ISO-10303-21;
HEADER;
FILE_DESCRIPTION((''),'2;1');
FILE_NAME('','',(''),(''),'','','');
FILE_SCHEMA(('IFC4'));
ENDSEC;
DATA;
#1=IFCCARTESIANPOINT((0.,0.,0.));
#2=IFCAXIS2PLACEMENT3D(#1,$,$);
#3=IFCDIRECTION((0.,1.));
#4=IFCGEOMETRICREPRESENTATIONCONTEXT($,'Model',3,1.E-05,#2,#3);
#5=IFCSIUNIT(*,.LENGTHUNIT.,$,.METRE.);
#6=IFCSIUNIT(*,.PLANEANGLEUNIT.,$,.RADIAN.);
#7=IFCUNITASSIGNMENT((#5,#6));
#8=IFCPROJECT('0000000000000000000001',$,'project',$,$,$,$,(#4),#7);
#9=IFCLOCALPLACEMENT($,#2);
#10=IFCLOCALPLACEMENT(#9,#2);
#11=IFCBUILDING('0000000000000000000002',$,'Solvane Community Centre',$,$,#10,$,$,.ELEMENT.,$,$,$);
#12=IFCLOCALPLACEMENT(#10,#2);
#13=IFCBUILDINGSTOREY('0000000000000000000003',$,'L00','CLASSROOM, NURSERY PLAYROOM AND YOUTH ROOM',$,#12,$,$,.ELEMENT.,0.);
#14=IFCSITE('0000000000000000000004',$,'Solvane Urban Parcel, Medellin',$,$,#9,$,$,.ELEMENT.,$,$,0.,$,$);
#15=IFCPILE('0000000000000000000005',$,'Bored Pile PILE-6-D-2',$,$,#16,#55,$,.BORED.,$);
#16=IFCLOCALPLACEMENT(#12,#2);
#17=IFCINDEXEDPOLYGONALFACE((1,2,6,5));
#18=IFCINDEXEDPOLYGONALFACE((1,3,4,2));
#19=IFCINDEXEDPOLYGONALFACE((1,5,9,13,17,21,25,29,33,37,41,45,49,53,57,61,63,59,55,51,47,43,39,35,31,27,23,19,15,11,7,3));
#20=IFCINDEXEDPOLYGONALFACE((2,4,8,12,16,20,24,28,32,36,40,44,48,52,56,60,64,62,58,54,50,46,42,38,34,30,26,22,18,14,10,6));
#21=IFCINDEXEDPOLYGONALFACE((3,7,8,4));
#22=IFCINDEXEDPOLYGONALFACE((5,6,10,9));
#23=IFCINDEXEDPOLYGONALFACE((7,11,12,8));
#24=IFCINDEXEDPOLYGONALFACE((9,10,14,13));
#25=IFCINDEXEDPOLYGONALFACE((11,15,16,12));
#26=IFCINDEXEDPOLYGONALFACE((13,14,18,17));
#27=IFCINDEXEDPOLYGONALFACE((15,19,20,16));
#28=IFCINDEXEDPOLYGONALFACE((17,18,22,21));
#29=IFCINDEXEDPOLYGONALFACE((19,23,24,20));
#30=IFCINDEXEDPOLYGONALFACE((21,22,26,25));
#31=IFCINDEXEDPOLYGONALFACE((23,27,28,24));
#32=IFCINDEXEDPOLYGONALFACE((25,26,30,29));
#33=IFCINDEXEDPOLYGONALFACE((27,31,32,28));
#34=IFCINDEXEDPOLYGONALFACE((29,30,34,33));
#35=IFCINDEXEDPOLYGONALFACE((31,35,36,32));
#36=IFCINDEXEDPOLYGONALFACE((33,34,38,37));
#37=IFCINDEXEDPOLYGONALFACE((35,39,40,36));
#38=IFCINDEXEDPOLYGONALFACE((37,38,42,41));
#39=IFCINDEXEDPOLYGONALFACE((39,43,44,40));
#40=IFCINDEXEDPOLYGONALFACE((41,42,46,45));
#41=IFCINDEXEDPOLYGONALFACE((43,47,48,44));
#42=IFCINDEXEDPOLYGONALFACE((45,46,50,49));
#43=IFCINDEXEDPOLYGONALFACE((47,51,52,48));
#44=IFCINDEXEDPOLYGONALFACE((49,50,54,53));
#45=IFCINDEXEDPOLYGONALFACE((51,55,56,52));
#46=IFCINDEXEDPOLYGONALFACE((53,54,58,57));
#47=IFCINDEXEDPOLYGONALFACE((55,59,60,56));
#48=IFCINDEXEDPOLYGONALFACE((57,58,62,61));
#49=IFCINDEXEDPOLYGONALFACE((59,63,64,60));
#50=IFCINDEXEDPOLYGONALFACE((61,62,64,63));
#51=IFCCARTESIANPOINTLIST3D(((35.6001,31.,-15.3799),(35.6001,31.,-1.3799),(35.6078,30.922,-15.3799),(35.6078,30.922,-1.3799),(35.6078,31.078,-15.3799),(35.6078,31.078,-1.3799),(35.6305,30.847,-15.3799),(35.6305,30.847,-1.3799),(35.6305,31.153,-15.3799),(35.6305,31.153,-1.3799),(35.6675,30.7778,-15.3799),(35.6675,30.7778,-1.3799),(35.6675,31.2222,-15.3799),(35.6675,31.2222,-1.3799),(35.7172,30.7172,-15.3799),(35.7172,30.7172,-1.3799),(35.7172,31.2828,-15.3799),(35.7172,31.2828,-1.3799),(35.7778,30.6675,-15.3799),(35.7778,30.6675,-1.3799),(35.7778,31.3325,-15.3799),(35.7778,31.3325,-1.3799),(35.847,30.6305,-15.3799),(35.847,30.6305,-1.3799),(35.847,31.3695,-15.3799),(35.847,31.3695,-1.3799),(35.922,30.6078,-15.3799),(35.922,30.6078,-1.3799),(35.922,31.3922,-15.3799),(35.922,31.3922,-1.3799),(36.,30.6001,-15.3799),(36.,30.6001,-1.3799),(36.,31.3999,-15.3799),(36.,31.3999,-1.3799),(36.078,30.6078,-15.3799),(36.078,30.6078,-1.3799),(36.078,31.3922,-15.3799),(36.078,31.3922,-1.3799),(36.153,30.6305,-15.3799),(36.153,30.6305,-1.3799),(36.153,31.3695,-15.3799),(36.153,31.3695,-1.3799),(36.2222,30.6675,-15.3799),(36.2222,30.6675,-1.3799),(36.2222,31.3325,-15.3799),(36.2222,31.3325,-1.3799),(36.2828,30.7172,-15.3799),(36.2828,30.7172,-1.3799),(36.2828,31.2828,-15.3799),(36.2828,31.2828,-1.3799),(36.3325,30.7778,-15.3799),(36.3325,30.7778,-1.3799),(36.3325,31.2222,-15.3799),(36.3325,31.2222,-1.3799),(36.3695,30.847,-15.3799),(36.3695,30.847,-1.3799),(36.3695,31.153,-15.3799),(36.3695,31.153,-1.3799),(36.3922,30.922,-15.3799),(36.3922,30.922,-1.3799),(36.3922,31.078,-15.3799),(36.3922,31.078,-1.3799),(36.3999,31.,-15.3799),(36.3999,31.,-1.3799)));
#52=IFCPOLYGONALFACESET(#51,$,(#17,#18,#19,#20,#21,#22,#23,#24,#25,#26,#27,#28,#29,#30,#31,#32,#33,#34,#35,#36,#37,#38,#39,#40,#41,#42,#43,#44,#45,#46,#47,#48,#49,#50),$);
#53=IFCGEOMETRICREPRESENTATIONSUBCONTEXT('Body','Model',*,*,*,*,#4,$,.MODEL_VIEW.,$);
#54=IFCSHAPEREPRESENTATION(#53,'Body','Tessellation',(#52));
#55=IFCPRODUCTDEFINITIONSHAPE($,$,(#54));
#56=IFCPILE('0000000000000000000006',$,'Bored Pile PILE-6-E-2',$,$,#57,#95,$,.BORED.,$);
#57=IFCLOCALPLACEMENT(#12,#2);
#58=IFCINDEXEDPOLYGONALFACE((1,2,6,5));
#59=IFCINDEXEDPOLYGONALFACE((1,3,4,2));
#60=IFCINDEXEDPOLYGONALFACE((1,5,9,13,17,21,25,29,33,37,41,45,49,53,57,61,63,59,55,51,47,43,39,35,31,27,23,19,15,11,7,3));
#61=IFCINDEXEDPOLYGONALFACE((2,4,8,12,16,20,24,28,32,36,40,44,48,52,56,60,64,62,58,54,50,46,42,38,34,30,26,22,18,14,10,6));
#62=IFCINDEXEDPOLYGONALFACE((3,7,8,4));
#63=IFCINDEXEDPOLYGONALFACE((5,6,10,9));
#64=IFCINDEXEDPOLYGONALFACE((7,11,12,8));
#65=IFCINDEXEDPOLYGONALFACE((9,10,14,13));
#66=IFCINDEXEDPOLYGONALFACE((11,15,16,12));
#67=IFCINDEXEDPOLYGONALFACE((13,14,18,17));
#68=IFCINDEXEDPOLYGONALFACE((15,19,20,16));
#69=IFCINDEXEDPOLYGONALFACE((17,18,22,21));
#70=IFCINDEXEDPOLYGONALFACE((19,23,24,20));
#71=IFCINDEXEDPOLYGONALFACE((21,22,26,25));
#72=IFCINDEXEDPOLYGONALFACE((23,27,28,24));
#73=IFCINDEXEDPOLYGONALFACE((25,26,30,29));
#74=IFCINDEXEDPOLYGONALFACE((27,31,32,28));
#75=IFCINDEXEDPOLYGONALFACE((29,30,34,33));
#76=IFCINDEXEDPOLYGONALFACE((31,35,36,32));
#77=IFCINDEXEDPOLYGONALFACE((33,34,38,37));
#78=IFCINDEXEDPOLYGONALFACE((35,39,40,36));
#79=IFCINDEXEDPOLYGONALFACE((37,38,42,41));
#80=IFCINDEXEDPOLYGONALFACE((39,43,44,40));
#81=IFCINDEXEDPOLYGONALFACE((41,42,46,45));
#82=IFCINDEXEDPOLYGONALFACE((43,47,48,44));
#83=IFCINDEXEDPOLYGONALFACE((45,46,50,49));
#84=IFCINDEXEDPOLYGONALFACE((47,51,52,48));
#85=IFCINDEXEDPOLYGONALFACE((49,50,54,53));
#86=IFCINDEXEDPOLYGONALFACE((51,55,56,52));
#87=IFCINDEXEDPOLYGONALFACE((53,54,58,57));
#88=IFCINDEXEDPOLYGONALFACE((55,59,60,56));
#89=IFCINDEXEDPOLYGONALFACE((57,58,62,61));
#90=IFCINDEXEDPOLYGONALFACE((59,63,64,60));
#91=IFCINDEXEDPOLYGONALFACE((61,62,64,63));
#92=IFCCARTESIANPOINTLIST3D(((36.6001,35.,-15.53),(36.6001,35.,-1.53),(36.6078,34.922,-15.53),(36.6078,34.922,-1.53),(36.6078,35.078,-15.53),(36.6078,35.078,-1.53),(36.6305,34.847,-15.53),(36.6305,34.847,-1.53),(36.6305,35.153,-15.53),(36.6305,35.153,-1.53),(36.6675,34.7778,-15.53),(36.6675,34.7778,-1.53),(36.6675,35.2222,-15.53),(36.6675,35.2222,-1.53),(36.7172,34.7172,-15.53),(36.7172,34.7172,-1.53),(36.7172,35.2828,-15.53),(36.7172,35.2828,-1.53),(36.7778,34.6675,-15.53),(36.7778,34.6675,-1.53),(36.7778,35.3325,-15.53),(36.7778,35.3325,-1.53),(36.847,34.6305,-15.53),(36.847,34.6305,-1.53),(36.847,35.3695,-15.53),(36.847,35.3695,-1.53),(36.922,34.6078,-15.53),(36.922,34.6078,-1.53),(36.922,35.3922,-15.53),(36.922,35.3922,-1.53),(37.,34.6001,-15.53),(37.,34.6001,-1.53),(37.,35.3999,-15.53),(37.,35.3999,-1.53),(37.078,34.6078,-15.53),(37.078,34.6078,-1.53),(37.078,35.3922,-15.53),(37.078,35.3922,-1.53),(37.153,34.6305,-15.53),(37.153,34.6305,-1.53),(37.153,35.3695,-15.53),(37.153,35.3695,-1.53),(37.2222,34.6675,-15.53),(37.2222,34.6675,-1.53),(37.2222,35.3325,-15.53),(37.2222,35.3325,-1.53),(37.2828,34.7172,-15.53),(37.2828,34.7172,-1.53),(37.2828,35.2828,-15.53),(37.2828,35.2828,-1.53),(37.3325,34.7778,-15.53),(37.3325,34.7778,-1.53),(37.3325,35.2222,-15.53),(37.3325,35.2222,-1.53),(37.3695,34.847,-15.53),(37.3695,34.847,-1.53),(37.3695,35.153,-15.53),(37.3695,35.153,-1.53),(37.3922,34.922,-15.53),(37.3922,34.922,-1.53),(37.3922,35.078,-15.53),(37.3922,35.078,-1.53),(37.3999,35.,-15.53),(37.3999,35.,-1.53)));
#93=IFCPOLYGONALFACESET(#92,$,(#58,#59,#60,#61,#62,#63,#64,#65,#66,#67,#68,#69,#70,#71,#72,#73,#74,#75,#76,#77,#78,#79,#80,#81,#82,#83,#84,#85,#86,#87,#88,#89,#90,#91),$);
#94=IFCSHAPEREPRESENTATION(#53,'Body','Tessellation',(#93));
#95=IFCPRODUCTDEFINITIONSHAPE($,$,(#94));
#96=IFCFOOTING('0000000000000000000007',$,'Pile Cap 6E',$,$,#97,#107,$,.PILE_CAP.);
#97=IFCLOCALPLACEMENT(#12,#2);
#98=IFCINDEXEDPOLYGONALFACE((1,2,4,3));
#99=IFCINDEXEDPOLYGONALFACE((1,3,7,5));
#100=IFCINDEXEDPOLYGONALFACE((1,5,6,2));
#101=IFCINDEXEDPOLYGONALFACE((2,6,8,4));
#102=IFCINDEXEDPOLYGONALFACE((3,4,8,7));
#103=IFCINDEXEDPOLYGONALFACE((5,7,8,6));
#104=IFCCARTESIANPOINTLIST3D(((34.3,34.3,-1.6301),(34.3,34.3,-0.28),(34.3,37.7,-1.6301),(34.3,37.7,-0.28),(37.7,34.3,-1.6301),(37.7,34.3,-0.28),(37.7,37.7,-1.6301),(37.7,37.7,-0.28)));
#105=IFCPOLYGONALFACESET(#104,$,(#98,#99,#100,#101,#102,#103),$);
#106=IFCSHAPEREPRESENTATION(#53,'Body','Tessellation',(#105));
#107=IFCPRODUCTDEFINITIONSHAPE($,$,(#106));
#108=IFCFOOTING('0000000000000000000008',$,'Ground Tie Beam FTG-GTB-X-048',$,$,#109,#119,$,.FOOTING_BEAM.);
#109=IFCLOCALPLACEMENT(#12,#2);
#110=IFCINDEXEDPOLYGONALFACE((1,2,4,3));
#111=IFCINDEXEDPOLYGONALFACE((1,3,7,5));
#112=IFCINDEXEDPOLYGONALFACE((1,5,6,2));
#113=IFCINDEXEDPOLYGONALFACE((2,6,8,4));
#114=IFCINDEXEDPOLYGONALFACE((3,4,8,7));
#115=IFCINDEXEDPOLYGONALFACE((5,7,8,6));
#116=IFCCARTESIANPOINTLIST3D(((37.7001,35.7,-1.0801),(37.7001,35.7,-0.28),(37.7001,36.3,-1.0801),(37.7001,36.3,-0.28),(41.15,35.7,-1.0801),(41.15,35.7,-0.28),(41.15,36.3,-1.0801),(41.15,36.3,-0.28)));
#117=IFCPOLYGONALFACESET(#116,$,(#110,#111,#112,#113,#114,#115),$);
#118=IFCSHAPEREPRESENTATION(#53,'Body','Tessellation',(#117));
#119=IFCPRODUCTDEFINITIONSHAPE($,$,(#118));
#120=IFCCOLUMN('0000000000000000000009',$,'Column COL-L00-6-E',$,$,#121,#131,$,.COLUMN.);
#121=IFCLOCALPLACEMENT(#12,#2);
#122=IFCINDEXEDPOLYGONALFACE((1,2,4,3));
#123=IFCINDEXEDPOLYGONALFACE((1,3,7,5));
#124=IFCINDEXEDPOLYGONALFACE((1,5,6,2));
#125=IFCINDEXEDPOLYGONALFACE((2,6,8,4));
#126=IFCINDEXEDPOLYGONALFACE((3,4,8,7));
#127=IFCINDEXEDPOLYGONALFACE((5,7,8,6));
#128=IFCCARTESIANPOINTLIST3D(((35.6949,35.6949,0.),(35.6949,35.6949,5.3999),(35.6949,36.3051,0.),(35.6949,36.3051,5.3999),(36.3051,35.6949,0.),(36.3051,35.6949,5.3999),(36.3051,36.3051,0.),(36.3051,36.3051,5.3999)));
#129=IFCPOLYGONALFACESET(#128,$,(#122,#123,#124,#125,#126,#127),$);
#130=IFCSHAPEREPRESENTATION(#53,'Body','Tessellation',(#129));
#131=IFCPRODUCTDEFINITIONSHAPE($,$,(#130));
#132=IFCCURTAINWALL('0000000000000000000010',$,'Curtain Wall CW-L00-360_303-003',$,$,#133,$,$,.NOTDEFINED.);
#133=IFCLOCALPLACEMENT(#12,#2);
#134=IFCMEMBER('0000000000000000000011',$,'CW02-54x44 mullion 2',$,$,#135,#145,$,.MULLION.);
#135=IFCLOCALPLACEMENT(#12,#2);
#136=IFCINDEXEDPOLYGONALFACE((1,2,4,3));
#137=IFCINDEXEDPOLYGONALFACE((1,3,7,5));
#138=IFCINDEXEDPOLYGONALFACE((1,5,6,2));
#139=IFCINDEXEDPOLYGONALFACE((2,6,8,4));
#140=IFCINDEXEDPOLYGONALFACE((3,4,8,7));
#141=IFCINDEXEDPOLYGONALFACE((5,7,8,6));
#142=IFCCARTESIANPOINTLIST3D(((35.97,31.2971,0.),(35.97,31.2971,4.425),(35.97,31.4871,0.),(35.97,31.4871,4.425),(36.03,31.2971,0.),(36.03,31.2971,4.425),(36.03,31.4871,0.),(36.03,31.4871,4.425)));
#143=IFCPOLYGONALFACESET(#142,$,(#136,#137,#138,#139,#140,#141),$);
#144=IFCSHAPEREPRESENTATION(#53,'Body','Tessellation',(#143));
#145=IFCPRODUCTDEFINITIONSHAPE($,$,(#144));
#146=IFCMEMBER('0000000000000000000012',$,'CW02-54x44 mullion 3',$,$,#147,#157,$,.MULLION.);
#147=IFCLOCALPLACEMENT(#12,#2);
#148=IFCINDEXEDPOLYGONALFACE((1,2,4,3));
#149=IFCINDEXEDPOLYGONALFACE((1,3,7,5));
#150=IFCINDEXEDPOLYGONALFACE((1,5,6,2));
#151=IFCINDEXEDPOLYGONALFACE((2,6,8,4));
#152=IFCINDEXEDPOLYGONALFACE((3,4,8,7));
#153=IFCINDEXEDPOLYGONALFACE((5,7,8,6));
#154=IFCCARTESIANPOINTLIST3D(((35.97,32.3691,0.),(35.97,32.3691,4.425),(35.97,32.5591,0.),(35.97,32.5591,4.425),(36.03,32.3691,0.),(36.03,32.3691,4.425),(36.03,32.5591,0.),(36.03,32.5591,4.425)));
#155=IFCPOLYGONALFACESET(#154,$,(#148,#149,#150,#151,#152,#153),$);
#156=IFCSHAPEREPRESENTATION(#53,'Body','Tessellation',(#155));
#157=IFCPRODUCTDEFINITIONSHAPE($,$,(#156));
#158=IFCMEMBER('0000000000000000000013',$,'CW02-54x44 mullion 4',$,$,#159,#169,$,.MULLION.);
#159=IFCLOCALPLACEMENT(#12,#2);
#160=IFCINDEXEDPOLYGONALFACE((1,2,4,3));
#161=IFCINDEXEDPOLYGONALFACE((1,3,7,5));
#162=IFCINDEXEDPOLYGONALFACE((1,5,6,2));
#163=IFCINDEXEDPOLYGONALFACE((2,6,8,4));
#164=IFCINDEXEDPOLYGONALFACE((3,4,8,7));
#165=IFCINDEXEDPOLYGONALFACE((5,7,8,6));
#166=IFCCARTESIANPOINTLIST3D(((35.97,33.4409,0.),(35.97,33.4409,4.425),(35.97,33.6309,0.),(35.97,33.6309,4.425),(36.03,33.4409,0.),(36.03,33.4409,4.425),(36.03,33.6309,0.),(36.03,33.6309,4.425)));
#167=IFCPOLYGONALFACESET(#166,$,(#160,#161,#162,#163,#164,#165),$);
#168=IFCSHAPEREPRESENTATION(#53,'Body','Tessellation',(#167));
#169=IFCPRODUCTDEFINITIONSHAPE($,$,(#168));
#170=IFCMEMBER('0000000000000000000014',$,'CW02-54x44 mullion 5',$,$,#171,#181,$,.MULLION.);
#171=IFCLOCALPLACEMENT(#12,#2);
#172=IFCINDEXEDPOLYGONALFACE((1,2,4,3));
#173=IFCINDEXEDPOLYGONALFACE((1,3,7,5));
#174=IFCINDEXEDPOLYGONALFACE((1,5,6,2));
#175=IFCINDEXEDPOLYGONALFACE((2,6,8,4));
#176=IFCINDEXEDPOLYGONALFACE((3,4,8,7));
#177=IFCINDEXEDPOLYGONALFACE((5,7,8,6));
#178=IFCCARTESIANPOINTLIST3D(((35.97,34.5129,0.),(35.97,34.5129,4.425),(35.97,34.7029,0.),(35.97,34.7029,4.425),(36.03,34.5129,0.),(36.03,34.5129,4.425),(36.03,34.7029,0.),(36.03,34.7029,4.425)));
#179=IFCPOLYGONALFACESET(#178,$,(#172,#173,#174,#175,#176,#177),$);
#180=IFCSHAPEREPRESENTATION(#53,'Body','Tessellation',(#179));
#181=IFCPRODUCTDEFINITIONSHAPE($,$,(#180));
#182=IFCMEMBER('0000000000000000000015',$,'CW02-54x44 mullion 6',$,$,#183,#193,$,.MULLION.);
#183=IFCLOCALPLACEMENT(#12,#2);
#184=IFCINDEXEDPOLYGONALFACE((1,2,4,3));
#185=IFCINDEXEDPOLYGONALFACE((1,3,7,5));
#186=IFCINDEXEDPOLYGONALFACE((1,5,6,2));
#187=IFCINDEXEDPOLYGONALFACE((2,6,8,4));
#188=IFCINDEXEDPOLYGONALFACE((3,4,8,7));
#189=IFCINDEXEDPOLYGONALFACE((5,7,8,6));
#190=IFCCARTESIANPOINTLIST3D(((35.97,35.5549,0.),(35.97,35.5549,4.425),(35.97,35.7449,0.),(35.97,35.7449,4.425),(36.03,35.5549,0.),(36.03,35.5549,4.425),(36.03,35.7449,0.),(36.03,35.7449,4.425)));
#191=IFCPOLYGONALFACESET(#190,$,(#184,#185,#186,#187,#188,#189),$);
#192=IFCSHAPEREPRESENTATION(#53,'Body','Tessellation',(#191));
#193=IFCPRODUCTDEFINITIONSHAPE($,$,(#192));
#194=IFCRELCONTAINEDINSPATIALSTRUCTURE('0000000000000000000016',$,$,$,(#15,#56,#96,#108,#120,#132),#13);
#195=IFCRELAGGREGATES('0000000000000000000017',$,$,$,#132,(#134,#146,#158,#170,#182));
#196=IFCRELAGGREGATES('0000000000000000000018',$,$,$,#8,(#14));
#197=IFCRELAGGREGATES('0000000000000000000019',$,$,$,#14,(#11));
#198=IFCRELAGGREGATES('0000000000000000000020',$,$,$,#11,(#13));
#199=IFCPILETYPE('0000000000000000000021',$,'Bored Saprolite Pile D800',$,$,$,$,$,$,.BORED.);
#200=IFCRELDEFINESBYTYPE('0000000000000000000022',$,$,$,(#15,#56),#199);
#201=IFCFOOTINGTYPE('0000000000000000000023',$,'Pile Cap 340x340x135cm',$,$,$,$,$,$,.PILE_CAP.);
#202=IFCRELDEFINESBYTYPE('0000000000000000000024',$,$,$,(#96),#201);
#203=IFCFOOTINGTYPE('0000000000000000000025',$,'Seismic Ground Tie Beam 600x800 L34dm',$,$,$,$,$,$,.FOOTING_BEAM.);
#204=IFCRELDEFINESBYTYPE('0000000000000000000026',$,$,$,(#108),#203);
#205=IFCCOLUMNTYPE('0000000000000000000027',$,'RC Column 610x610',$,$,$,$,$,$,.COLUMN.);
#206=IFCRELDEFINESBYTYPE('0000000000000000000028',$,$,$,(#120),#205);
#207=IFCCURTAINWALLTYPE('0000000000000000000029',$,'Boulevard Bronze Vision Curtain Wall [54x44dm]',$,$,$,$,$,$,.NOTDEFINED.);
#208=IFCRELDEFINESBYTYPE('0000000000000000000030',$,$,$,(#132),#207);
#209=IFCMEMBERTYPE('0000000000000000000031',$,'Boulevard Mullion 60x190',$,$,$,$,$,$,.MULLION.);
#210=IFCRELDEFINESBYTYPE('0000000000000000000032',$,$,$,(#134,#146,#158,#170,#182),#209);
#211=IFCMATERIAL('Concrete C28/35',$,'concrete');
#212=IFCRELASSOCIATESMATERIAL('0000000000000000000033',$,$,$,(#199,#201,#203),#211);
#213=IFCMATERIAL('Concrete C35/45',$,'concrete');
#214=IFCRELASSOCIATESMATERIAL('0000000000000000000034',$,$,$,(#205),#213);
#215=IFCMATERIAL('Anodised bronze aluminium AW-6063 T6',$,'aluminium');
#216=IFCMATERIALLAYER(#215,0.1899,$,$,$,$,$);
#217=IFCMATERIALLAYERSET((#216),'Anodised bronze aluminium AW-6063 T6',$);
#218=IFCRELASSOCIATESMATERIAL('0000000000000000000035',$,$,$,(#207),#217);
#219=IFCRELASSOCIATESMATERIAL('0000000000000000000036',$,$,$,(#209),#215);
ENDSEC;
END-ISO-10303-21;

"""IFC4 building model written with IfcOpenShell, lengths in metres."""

from ifc_helpers import new_model, si_unit, direction, frame, origin, origin_2d, place, context, subcontext, project, spatial, rectangle, circle, extrude, material, layer, layer_set, material_profile, profile_set, type_object, element, aggregate, save


model = new_model("IFC4")

# Units and contexts
model_context = context("Model", 3, precision=1e-05, world=origin(), true_north=direction((0.0, 1.0)))
body_context = subcontext(model_context, "Body", "Model", "MODEL_VIEW")
ifc_project = project(units=[si_unit("LENGTHUNIT", "METRE"), si_unit("PLANEANGLEUNIT", "RADIAN")], contexts=[model_context])

# Site, building, storey
site_placement = place(None, origin())
site = spatial("IfcSite", under=ifc_project, at=site_placement, Name="Solvane Urban Parcel, Medellin", CompositionType="ELEMENT", RefElevation=0.0)
building_placement = place(site_placement, origin())
building = spatial("IfcBuilding", under=site, at=building_placement, Name="Solvane Community Centre", CompositionType="ELEMENT")
storey_placement = place(building_placement, origin())
storey = spatial("IfcBuildingStorey", under=building, at=storey_placement, Name="L00", Description="CLASSROOM, NURSERY PLAYROOM AND YOUTH ROOM", CompositionType="ELEMENT", Elevation=0.0)

# Piles
ifc_material_1 = material(Name="Concrete C28/35", Category="concrete")
ifc_material_profile_1 = material_profile(ifc_material_1, circle(Radius=0.3999, at=origin_2d()), Name="PILE D800")
ifc_profile_set_1 = profile_set([ifc_material_profile_1], Name="Concrete C28/35")
pile_type = type_object("IfcPileType", Name="Bored Saprolite Pile D800", PredefinedType="BORED", material=ifc_profile_set_1)
for number, where, z_axis, x_axis, name in (
    (1, (36.0, 31.0, -1.3799), (0.0, 0.0, -1.0), (1.0, 0.0, 0.0), "Bored Pile PILE-6-D-2"),
    (2, (37.0, 35.0, -1.53), (0.0, 0.0, -1.0), (1.0, 0.0, 0.0), "Bored Pile PILE-6-E-2"),
):
    element("IfcPile", number, at=place(storey_placement, frame(where, z_axis=z_axis, x_axis=x_axis)), inside=storey, type_object=pile_type, Name=name, PredefinedType="BORED", context=body_context, shape_type="SweptSolid", body=[
        extrude(circle(Radius=0.3999, at=origin_2d()), origin(), (0.0, 0.0, 1.0), 14.0),
    ])

# Footings
footing_type_1 = type_object("IfcFootingType", Name="Pile Cap 340x340x135cm", PredefinedType="PILE_CAP", material=ifc_material_1)
footing_1_placement = place(storey_placement, frame((36.0, 36.0, -1.6301), z_axis=(0.0, 0.0, 1.0), x_axis=(1.0, 0.0, 0.0)))
element("IfcFooting", 3, at=footing_1_placement, inside=storey, type_object=footing_type_1, Name="Pile Cap 6E", PredefinedType="PILE_CAP", context=body_context, shape_type="SweptSolid", body=[
    extrude(rectangle(XDim=3.3999, YDim=3.3999, at=origin_2d()), origin(), (0.0, 0.0, 1.0), 1.3501),
])
footing_type_2 = type_object("IfcFootingType", Name="Seismic Ground Tie Beam 600x800 L34dm", PredefinedType="FOOTING_BEAM", material=ifc_material_1)
footing_2_placement = place(storey_placement, frame((39.425, 36.0, -1.0801), z_axis=(0.0, 0.0, 1.0), x_axis=(1.0, 0.0, 0.0)))
element("IfcFooting", 4, at=footing_2_placement, inside=storey, type_object=footing_type_2, Name="Ground Tie Beam FTG-GTB-X-048", PredefinedType="FOOTING_BEAM", context=body_context, shape_type="SweptSolid", body=[
    extrude(rectangle(XDim=3.45, YDim=0.6001, at=origin_2d()), origin(), (0.0, 0.0, 1.0), 0.8),
])

# Column
ifc_material_2 = material(Name="Concrete C35/45", Category="concrete")
ifc_material_profile_2 = material_profile(ifc_material_2, rectangle(XDim=0.6101, YDim=0.6101, at=origin_2d()), Name="RC 610x610")
ifc_profile_set_2 = profile_set([ifc_material_profile_2], Name="Concrete C35/45")
column_type = type_object("IfcColumnType", Name="RC Column 610x610", PredefinedType="COLUMN", material=ifc_profile_set_2)
column_placement = place(storey_placement, frame((36.0, 36.0, 0.0), z_axis=(0.0, 0.0, 1.0), x_axis=(1.0, 0.0, 0.0)))
element("IfcColumn", 5, at=column_placement, inside=storey, type_object=column_type, Name="Column COL-L00-6-E", PredefinedType="COLUMN", context=body_context, shape_type="SweptSolid", body=[
    extrude(rectangle(XDim=0.6101, YDim=0.6101, at=origin_2d()), origin(), (0.0, 0.0, 1.0), 5.3999),
])

# Curtain wall, members
ifc_material_3 = material(Name="Anodised bronze aluminium AW-6063 T6", Category="aluminium")
ifc_layer_1 = layer(ifc_material_3, 0.1899)
ifc_layer_set_1 = layer_set([ifc_layer_1], Name="Anodised bronze aluminium AW-6063 T6")
curtain_wall_type = type_object("IfcCurtainWallType", Name="Boulevard Bronze Vision Curtain Wall [54x44dm]", PredefinedType="NOTDEFINED", material=ifc_layer_set_1)
curtain_wall_placement = place(storey_placement, origin())
curtain_wall = element("IfcCurtainWall", 6, at=curtain_wall_placement, inside=storey, type_object=curtain_wall_type, Name="Curtain Wall CW-L00-360_303-003", PredefinedType="NOTDEFINED")
ifc_material_profile_3 = material_profile(ifc_material_3, rectangle(XDim=0.0601, YDim=0.1899, at=origin_2d()), Name="CW-M 60x190")
ifc_profile_set_3 = profile_set([ifc_material_profile_3], Name="Anodised bronze aluminium AW-6063 T6")
member_type_1 = type_object("IfcMemberType", Name="Boulevard Mullion 60x190", PredefinedType="MULLION", material=ifc_profile_set_3)
member_1_placement = place(storey_placement, frame((36.0, 31.3921, 0.0), z_axis=(0.0, 0.0, 1.0), x_axis=(-1.0, 0.0, 0.0)))
member_1 = element("IfcMember", 7, at=member_1_placement, type_object=member_type_1, Name="CW02-54x44 mullion 2", PredefinedType="MULLION", context=body_context, shape_type="SweptSolid", body=[
    extrude(rectangle(XDim=0.0601, YDim=0.1899, at=origin_2d()), origin(), (0.0, 0.0, 1.0), 4.425),
])
member_2_placement = place(storey_placement, frame((36.0, 32.4641, 0.0), z_axis=(0.0, 0.0, 1.0), x_axis=(-1.0, 0.0, 0.0)))
member_2 = element("IfcMember", 8, at=member_2_placement, type_object=member_type_1, Name="CW02-54x44 mullion 3", PredefinedType="MULLION", context=body_context, shape_type="SweptSolid", body=[
    extrude(rectangle(XDim=0.0601, YDim=0.1899, at=origin_2d()), origin(), (0.0, 0.0, 1.0), 4.425),
])
member_3_placement = place(storey_placement, frame((36.0, 33.5359, 0.0), z_axis=(0.0, 0.0, 1.0), x_axis=(-1.0, 0.0, 0.0)))
member_3 = element("IfcMember", 9, at=member_3_placement, type_object=member_type_1, Name="CW02-54x44 mullion 4", PredefinedType="MULLION", context=body_context, shape_type="SweptSolid", body=[
    extrude(rectangle(XDim=0.0601, YDim=0.1899, at=origin_2d()), origin(), (0.0, 0.0, 1.0), 4.425),
])
member_4_placement = place(storey_placement, frame((36.0, 34.6079, 0.0), z_axis=(0.0, 0.0, 1.0), x_axis=(-1.0, 0.0, 0.0)))
member_4 = element("IfcMember", 10, at=member_4_placement, type_object=member_type_1, Name="CW02-54x44 mullion 5", PredefinedType="MULLION", context=body_context, shape_type="SweptSolid", body=[
    extrude(rectangle(XDim=0.0601, YDim=0.1899, at=origin_2d()), origin(), (0.0, 0.0, 1.0), 4.425),
])
member_5_placement = place(storey_placement, frame((36.0, 35.6499, 0.0), z_axis=(0.0, 0.0, 1.0), x_axis=(-1.0, 0.0, 0.0)))
member_5 = element("IfcMember", 11, at=member_5_placement, type_object=member_type_1, Name="CW02-54x44 mullion 6", PredefinedType="MULLION", context=body_context, shape_type="SweptSolid", body=[
    extrude(rectangle(XDim=0.0601, YDim=0.1899, at=origin_2d()), origin(), (0.0, 0.0, 1.0), 4.425),
])
aggregate(curtain_wall, [member_1, member_2, member_3, member_4, member_5])

save(model, "model.ifc")
